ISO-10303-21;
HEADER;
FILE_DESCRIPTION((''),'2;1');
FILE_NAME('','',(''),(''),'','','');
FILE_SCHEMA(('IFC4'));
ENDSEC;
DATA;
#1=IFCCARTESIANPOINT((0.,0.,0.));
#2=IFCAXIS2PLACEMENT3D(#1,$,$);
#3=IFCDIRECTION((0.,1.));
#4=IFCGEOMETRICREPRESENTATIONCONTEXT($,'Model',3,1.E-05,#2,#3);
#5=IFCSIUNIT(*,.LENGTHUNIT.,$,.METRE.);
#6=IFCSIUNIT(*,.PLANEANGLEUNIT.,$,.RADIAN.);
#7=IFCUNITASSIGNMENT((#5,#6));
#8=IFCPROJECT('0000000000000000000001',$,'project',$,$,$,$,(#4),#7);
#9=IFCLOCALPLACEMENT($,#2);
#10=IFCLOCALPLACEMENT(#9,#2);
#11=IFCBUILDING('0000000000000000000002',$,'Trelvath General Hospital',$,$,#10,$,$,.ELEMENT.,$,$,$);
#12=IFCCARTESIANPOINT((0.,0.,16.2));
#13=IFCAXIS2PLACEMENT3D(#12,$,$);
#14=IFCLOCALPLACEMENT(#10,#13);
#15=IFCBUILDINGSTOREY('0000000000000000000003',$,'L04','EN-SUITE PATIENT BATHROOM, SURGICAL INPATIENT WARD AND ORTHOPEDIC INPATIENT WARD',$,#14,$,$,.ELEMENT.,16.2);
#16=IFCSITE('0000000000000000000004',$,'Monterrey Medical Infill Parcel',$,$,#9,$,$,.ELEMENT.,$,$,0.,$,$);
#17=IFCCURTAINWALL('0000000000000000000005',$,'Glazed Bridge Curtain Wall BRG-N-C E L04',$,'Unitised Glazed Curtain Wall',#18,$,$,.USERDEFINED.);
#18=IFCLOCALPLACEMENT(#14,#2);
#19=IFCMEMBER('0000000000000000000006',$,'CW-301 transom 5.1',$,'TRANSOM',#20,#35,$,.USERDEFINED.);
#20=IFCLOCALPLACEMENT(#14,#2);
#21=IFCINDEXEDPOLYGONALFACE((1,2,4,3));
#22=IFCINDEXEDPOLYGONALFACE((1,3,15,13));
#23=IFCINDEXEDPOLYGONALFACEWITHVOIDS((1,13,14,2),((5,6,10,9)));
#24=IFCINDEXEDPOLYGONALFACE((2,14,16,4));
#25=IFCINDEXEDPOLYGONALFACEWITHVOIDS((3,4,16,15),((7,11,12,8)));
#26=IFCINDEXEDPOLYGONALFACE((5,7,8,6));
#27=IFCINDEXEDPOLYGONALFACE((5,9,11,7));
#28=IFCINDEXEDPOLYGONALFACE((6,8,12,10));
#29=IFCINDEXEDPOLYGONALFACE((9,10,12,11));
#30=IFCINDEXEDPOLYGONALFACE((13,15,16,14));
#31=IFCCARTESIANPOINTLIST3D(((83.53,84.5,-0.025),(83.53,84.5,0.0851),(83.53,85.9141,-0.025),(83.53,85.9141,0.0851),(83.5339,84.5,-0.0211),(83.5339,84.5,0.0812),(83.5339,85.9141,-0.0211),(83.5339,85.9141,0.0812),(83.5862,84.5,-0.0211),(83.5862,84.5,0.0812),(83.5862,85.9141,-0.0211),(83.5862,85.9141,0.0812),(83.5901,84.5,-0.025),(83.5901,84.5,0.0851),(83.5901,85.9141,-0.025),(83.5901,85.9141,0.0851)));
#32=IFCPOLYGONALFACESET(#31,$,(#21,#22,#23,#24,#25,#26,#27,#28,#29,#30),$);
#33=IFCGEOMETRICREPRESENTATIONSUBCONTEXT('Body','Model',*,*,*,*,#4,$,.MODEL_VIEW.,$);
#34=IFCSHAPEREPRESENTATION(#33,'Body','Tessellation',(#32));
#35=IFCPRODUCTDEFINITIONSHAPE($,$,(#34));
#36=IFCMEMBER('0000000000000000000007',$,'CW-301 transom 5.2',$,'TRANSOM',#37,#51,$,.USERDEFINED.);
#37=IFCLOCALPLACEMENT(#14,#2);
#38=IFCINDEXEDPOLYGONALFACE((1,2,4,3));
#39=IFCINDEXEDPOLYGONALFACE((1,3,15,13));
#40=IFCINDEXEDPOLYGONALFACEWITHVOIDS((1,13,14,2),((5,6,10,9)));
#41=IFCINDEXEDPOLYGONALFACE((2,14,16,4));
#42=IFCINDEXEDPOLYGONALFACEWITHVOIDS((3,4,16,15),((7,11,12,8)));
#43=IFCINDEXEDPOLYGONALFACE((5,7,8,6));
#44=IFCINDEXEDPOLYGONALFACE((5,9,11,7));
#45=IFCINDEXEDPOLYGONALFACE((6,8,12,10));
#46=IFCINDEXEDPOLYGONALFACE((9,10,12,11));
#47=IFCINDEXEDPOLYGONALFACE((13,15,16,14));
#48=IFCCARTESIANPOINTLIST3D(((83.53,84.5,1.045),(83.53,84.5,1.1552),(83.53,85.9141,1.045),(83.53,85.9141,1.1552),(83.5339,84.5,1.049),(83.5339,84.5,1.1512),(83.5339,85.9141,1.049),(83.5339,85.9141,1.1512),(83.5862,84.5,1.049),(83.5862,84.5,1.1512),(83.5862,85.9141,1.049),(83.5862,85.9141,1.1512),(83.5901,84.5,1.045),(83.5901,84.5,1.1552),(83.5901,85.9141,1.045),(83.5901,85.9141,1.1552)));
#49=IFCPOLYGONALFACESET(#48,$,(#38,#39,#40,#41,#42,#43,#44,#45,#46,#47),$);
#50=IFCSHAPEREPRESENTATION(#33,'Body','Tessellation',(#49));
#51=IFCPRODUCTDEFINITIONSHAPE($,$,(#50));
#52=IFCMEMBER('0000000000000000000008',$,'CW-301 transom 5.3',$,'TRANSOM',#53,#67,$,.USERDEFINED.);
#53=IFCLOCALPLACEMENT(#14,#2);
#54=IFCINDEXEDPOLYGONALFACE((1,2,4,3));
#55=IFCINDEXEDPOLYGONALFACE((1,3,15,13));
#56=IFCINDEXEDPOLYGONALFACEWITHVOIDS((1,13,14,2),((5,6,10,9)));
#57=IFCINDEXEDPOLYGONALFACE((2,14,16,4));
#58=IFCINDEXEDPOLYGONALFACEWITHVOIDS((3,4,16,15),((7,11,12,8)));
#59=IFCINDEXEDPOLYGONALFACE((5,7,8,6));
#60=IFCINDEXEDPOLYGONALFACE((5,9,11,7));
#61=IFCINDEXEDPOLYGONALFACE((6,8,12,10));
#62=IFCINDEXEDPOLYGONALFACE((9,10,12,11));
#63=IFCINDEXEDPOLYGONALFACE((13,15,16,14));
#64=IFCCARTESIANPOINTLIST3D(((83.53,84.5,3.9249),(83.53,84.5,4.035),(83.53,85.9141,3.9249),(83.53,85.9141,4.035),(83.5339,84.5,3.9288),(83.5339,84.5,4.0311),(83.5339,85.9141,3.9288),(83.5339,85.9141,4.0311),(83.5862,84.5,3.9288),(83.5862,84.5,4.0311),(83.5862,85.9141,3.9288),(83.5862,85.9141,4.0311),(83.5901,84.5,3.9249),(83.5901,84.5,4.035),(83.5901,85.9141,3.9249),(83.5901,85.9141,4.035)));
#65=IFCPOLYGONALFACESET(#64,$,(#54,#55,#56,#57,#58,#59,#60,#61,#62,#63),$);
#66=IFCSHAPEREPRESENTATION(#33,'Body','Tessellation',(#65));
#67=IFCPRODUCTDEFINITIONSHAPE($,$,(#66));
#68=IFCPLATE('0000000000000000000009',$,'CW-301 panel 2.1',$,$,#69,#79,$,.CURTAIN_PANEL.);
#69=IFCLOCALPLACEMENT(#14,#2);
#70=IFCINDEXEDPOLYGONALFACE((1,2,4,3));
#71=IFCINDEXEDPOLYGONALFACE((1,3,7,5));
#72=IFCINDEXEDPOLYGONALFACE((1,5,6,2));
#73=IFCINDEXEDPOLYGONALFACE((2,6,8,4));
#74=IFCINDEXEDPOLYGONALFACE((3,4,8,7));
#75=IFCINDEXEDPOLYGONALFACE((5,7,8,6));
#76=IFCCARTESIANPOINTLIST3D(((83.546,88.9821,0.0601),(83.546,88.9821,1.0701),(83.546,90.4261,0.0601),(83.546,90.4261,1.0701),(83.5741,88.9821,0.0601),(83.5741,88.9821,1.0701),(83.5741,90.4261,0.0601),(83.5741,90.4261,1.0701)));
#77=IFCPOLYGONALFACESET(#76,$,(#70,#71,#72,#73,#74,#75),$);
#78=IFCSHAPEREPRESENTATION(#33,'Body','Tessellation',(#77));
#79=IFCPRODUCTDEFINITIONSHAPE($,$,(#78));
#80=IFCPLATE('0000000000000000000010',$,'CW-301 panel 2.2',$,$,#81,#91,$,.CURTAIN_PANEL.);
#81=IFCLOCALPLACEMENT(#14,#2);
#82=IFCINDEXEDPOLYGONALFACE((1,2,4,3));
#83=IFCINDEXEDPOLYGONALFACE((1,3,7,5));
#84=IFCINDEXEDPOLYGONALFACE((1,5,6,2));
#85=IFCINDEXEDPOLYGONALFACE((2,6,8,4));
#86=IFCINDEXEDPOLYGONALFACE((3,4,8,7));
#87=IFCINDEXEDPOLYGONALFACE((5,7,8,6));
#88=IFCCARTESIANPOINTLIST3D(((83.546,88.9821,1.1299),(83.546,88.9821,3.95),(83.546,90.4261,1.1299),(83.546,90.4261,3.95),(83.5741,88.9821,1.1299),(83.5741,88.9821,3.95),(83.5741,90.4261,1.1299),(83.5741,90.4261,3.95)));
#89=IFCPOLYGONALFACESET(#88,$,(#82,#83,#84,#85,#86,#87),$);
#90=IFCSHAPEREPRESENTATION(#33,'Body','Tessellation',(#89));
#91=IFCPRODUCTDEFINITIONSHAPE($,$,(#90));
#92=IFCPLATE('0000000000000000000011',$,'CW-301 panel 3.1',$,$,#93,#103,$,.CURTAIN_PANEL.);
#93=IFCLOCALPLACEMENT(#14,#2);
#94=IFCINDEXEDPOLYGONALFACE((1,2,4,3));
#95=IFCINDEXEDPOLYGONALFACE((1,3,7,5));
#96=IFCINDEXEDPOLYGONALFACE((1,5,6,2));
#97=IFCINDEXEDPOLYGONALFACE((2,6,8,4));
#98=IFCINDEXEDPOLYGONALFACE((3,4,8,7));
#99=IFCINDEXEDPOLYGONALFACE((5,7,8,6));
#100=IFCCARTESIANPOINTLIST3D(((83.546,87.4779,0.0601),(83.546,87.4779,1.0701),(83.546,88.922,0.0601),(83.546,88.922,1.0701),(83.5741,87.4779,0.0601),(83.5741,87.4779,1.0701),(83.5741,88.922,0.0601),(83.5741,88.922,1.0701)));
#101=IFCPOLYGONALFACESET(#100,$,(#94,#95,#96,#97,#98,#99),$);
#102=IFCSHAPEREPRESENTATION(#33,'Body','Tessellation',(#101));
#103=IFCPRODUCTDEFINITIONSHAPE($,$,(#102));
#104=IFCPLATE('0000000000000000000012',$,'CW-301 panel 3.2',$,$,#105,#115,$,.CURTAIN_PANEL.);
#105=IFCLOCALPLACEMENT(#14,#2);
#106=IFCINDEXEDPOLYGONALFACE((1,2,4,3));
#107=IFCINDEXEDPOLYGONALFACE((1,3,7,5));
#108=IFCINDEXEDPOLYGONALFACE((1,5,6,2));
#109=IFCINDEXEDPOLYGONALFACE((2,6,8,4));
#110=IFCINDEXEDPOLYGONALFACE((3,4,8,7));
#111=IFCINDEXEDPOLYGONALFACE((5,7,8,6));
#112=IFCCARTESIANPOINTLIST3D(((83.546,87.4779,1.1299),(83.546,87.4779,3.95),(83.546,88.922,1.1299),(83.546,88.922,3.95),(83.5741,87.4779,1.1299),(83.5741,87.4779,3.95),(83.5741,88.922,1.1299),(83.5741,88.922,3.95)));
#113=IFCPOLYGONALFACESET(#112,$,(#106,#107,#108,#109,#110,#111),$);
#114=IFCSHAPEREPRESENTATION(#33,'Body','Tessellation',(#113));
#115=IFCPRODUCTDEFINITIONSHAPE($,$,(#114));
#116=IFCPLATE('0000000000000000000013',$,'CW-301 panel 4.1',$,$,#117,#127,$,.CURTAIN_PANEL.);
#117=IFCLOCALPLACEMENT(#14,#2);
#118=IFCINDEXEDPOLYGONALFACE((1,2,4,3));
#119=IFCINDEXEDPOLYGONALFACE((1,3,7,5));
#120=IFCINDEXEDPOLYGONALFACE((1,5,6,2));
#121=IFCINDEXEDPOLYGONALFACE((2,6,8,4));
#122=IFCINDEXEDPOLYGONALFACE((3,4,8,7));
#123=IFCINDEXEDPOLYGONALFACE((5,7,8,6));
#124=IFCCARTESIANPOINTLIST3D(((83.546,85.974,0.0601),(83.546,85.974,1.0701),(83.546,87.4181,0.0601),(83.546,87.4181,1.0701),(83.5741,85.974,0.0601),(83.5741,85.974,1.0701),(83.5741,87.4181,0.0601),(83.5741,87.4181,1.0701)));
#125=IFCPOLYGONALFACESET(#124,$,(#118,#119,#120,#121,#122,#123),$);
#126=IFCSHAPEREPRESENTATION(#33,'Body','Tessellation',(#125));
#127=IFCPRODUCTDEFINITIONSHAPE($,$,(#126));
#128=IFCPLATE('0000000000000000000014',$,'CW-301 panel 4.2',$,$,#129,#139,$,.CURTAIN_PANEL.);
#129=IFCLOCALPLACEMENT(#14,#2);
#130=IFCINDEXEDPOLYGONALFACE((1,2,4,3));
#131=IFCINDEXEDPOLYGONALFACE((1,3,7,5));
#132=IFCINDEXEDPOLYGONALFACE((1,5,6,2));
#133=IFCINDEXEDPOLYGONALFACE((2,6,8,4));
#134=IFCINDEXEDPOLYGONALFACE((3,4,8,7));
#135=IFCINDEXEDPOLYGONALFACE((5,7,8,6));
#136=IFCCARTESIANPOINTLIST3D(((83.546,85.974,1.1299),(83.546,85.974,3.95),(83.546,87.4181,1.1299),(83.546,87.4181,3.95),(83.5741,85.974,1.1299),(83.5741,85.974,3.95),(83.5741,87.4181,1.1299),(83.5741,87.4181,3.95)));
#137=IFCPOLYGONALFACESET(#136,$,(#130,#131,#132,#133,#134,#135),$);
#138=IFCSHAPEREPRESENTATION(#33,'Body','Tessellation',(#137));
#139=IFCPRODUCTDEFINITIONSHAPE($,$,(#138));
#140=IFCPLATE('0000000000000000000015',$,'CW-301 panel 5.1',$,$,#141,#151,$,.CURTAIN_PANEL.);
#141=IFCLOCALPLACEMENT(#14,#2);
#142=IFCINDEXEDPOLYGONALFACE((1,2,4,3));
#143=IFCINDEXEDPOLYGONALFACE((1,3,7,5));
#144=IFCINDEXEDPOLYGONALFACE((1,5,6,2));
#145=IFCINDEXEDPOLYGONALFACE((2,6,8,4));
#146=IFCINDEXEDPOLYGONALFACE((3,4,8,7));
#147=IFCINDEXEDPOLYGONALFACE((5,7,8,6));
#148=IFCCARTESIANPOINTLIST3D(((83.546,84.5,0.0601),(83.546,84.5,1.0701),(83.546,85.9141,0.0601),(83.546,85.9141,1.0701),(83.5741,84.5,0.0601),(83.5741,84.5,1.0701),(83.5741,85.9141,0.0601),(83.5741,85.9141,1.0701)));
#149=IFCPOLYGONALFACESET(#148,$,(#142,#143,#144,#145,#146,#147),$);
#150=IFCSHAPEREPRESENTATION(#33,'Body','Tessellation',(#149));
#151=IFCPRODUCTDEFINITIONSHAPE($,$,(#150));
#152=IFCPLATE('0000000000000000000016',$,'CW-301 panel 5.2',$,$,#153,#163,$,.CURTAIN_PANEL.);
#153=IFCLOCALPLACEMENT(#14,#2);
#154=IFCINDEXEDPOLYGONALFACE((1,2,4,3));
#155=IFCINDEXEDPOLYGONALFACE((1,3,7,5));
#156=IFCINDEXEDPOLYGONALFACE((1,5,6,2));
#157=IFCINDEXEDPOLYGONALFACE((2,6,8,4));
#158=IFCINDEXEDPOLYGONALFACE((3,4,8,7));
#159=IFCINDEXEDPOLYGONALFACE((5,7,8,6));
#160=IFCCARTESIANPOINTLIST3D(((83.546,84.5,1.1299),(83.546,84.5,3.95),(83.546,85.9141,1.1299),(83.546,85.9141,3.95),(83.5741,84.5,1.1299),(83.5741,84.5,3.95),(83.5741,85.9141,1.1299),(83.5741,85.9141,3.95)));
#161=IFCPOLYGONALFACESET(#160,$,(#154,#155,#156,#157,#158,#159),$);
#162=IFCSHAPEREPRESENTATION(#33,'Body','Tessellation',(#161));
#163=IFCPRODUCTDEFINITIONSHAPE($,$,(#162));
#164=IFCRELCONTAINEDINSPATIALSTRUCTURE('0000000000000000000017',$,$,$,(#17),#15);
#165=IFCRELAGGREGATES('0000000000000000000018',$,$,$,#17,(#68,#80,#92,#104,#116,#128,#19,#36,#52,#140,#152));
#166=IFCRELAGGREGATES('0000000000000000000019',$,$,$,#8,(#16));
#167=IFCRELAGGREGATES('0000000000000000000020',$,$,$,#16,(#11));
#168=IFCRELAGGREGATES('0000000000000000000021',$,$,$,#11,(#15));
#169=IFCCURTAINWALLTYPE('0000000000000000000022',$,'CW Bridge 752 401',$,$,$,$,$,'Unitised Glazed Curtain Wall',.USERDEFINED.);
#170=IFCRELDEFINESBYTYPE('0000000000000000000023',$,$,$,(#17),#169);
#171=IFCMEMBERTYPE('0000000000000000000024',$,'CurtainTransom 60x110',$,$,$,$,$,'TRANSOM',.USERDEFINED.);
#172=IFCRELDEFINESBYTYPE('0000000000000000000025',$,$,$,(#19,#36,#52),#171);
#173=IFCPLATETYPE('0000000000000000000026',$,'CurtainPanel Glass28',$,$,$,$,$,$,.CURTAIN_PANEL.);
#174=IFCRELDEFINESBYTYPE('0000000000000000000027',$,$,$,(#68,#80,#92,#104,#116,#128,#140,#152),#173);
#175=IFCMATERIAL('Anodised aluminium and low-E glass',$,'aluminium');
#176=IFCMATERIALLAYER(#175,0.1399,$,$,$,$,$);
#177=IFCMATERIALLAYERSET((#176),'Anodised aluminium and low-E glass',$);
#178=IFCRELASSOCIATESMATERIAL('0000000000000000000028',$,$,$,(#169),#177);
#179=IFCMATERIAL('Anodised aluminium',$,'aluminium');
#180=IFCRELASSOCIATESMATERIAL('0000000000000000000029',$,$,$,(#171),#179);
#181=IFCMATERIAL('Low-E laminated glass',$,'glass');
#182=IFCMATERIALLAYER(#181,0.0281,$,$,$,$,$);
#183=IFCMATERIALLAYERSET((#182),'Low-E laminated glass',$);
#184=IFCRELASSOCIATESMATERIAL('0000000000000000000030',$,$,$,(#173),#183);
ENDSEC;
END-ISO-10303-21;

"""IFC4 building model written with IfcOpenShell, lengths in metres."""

from ifc_helpers import new_model, si_unit, direction, frame, origin, origin_2d, place, context, subcontext, project, spatial, rectangle, hollow_rectangle, extrude, material, layer, layer_set, material_profile, profile_set, type_object, element, aggregate, save


model = new_model("IFC4")

# Units and contexts
model_context = context("Model", 3, precision=1e-05, world=origin(), true_north=direction((0.0, 1.0)))
body_context = subcontext(model_context, "Body", "Model", "MODEL_VIEW")
ifc_project = project(units=[si_unit("LENGTHUNIT", "METRE"), si_unit("PLANEANGLEUNIT", "RADIAN")], contexts=[model_context])

# Site, building, storey
site_placement = place(None, origin())
site = spatial("IfcSite", under=ifc_project, at=site_placement, Name="Monterrey Medical Infill Parcel", CompositionType="ELEMENT", RefElevation=0.0)
building_placement = place(site_placement, origin())
building = spatial("IfcBuilding", under=site, at=building_placement, Name="Trelvath General Hospital", CompositionType="ELEMENT")
storey_placement = place(building_placement, frame((0.0, 0.0, 16.2)))
storey = spatial("IfcBuildingStorey", under=building, at=storey_placement, Name="L04", Description="EN-SUITE PATIENT BATHROOM, SURGICAL INPATIENT WARD AND ORTHOPEDIC INPATIENT WARD", CompositionType="ELEMENT", Elevation=16.2)

# Curtain wall, members, plates
ifc_material_1 = material(Name="Anodised aluminium and low-E glass", Category="aluminium")
ifc_layer_1 = layer(ifc_material_1, 0.1399)
ifc_layer_set_1 = layer_set([ifc_layer_1], Name="Anodised aluminium and low-E glass")
curtain_wall_type = type_object("IfcCurtainWallType", Name="CW Bridge 752 401", ElementType="Unitised Glazed Curtain Wall", PredefinedType="USERDEFINED", material=ifc_layer_set_1)
curtain_wall_placement = place(storey_placement, origin())
curtain_wall = element("IfcCurtainWall", 1, at=curtain_wall_placement, inside=storey, type_object=curtain_wall_type, Name="Glazed Bridge Curtain Wall BRG-N-C E L04", ObjectType="Unitised Glazed Curtain Wall", PredefinedType="USERDEFINED")
ifc_material_2 = material(Name="Anodised aluminium", Category="aluminium")
ifc_material_profile_1 = material_profile(ifc_material_2, hollow_rectangle(XDim=0.0601, YDim=0.1101, WallThickness=0.0039, at=origin_2d()), Name="RHS60x110x4")
ifc_profile_set_1 = profile_set([ifc_material_profile_1], Name="Anodised aluminium")
member_type_1 = type_object("IfcMemberType", Name="CurtainTransom 60x110", ElementType="TRANSOM", PredefinedType="USERDEFINED", material=ifc_profile_set_1)
member_1_placement = place(storey_placement, frame((83.5601, 85.9141, 0.03), z_axis=(0.0, -1.0, 0.0), x_axis=(1.0, 0.0, 0.0)))
member_1 = element("IfcMember", 2, at=member_1_placement, type_object=member_type_1, Name="CW-301 transom 5.1", ObjectType="TRANSOM", PredefinedType="USERDEFINED", context=body_context, shape_type="SweptSolid", body=[
    extrude(hollow_rectangle(XDim=0.0601, YDim=0.1101, WallThickness=0.0039, at=origin_2d()), origin(), (0.0, 0.0, 1.0), 1.4141),
])
member_2_placement = place(storey_placement, frame((83.5601, 85.9141, 1.1001), z_axis=(0.0, -1.0, 0.0), x_axis=(1.0, 0.0, 0.0)))
member_2 = element("IfcMember", 3, at=member_2_placement, type_object=member_type_1, Name="CW-301 transom 5.2", ObjectType="TRANSOM", PredefinedType="USERDEFINED", context=body_context, shape_type="SweptSolid", body=[
    extrude(hollow_rectangle(XDim=0.0601, YDim=0.1101, WallThickness=0.0039, at=origin_2d()), origin(), (0.0, 0.0, 1.0), 1.4141),
])
member_3_placement = place(storey_placement, frame((83.5601, 85.9141, 3.98), z_axis=(0.0, -1.0, 0.0), x_axis=(1.0, 0.0, 0.0)))
member_3 = element("IfcMember", 4, at=member_3_placement, type_object=member_type_1, Name="CW-301 transom 5.3", ObjectType="TRANSOM", PredefinedType="USERDEFINED", context=body_context, shape_type="SweptSolid", body=[
    extrude(hollow_rectangle(XDim=0.0601, YDim=0.1101, WallThickness=0.0039, at=origin_2d()), origin(), (0.0, 0.0, 1.0), 1.4141),
])
ifc_material_3 = material(Name="Low-E laminated glass", Category="glass")
ifc_layer_2 = layer(ifc_material_3, 0.0281)
ifc_layer_set_2 = layer_set([ifc_layer_2], Name="Low-E laminated glass")
plate_type = type_object("IfcPlateType", Name="CurtainPanel Glass28", PredefinedType="CURTAIN_PANEL", material=ifc_layer_set_2)
plate_1_placement = place(storey_placement, frame((83.5601, 89.7041, 0.0601), z_axis=(0.0, 0.0, 1.0), x_axis=(0.0, -1.0, 0.0)))
plate_1 = element("IfcPlate", 5, at=plate_1_placement, type_object=plate_type, Name="CW-301 panel 2.1", PredefinedType="CURTAIN_PANEL", context=body_context, shape_type="SweptSolid", body=[
    extrude(rectangle(XDim=1.4441, YDim=0.0281, at=origin_2d()), origin(), (0.0, 0.0, 1.0), 1.01),
])
plate_2_placement = place(storey_placement, frame((83.5601, 89.7041, 1.1299), z_axis=(0.0, 0.0, 1.0), x_axis=(0.0, -1.0, 0.0)))
plate_2 = element("IfcPlate", 6, at=plate_2_placement, type_object=plate_type, Name="CW-301 panel 2.2", PredefinedType="CURTAIN_PANEL", context=body_context, shape_type="SweptSolid", body=[
    extrude(rectangle(XDim=1.4441, YDim=0.0281, at=origin_2d()), origin(), (0.0, 0.0, 1.0), 2.8201),
])
plate_3_placement = place(storey_placement, frame((83.5601, 88.2, 0.0601), z_axis=(0.0, 0.0, 1.0), x_axis=(0.0, -1.0, 0.0)))
plate_3 = element("IfcPlate", 7, at=plate_3_placement, type_object=plate_type, Name="CW-301 panel 3.1", PredefinedType="CURTAIN_PANEL", context=body_context, shape_type="SweptSolid", body=[
    extrude(rectangle(XDim=1.4441, YDim=0.0281, at=origin_2d()), origin(), (0.0, 0.0, 1.0), 1.01),
])
plate_4_placement = place(storey_placement, frame((83.5601, 88.2, 1.1299), z_axis=(0.0, 0.0, 1.0), x_axis=(0.0, -1.0, 0.0)))
plate_4 = element("IfcPlate", 8, at=plate_4_placement, type_object=plate_type, Name="CW-301 panel 3.2", PredefinedType="CURTAIN_PANEL", context=body_context, shape_type="SweptSolid", body=[
    extrude(rectangle(XDim=1.4441, YDim=0.0281, at=origin_2d()), origin(), (0.0, 0.0, 1.0), 2.8201),
])
plate_5_placement = place(storey_placement, frame((83.5601, 86.696, 0.0601), z_axis=(0.0, 0.0, 1.0), x_axis=(0.0, -1.0, 0.0)))
plate_5 = element("IfcPlate", 9, at=plate_5_placement, type_object=plate_type, Name="CW-301 panel 4.1", PredefinedType="CURTAIN_PANEL", context=body_context, shape_type="SweptSolid", body=[
    extrude(rectangle(XDim=1.4441, YDim=0.0281, at=origin_2d()), origin(), (0.0, 0.0, 1.0), 1.01),
])
plate_6_placement = place(storey_placement, frame((83.5601, 86.696, 1.1299), z_axis=(0.0, 0.0, 1.0), x_axis=(0.0, -1.0, 0.0)))
plate_6 = element("IfcPlate", 10, at=plate_6_placement, type_object=plate_type, Name="CW-301 panel 4.2", PredefinedType="CURTAIN_PANEL", context=body_context, shape_type="SweptSolid", body=[
    extrude(rectangle(XDim=1.4441, YDim=0.0281, at=origin_2d()), origin(), (0.0, 0.0, 1.0), 2.8201),
])
plate_7_placement = place(storey_placement, frame((83.5601, 85.207, 0.0601), z_axis=(0.0, 0.0, 1.0), x_axis=(0.0, -1.0, 0.0)))
plate_7 = element("IfcPlate", 11, at=plate_7_placement, type_object=plate_type, Name="CW-301 panel 5.1", PredefinedType="CURTAIN_PANEL", context=body_context, shape_type="SweptSolid", body=[
    extrude(rectangle(XDim=1.4141, YDim=0.0281, at=origin_2d()), origin(), (0.0, 0.0, 1.0), 1.01),
])
plate_8_placement = place(storey_placement, frame((83.5601, 85.207, 1.1299), z_axis=(0.0, 0.0, 1.0), x_axis=(0.0, -1.0, 0.0)))
plate_8 = element("IfcPlate", 12, at=plate_8_placement, type_object=plate_type, Name="CW-301 panel 5.2", PredefinedType="CURTAIN_PANEL", context=body_context, shape_type="SweptSolid", body=[
    extrude(rectangle(XDim=1.4141, YDim=0.0281, at=origin_2d()), origin(), (0.0, 0.0, 1.0), 2.8201),
])
aggregate(curtain_wall, [plate_1, plate_2, plate_3, plate_4, plate_5, plate_6, member_1, member_2, member_3, plate_7, plate_8])

save(model, "model.ifc")
